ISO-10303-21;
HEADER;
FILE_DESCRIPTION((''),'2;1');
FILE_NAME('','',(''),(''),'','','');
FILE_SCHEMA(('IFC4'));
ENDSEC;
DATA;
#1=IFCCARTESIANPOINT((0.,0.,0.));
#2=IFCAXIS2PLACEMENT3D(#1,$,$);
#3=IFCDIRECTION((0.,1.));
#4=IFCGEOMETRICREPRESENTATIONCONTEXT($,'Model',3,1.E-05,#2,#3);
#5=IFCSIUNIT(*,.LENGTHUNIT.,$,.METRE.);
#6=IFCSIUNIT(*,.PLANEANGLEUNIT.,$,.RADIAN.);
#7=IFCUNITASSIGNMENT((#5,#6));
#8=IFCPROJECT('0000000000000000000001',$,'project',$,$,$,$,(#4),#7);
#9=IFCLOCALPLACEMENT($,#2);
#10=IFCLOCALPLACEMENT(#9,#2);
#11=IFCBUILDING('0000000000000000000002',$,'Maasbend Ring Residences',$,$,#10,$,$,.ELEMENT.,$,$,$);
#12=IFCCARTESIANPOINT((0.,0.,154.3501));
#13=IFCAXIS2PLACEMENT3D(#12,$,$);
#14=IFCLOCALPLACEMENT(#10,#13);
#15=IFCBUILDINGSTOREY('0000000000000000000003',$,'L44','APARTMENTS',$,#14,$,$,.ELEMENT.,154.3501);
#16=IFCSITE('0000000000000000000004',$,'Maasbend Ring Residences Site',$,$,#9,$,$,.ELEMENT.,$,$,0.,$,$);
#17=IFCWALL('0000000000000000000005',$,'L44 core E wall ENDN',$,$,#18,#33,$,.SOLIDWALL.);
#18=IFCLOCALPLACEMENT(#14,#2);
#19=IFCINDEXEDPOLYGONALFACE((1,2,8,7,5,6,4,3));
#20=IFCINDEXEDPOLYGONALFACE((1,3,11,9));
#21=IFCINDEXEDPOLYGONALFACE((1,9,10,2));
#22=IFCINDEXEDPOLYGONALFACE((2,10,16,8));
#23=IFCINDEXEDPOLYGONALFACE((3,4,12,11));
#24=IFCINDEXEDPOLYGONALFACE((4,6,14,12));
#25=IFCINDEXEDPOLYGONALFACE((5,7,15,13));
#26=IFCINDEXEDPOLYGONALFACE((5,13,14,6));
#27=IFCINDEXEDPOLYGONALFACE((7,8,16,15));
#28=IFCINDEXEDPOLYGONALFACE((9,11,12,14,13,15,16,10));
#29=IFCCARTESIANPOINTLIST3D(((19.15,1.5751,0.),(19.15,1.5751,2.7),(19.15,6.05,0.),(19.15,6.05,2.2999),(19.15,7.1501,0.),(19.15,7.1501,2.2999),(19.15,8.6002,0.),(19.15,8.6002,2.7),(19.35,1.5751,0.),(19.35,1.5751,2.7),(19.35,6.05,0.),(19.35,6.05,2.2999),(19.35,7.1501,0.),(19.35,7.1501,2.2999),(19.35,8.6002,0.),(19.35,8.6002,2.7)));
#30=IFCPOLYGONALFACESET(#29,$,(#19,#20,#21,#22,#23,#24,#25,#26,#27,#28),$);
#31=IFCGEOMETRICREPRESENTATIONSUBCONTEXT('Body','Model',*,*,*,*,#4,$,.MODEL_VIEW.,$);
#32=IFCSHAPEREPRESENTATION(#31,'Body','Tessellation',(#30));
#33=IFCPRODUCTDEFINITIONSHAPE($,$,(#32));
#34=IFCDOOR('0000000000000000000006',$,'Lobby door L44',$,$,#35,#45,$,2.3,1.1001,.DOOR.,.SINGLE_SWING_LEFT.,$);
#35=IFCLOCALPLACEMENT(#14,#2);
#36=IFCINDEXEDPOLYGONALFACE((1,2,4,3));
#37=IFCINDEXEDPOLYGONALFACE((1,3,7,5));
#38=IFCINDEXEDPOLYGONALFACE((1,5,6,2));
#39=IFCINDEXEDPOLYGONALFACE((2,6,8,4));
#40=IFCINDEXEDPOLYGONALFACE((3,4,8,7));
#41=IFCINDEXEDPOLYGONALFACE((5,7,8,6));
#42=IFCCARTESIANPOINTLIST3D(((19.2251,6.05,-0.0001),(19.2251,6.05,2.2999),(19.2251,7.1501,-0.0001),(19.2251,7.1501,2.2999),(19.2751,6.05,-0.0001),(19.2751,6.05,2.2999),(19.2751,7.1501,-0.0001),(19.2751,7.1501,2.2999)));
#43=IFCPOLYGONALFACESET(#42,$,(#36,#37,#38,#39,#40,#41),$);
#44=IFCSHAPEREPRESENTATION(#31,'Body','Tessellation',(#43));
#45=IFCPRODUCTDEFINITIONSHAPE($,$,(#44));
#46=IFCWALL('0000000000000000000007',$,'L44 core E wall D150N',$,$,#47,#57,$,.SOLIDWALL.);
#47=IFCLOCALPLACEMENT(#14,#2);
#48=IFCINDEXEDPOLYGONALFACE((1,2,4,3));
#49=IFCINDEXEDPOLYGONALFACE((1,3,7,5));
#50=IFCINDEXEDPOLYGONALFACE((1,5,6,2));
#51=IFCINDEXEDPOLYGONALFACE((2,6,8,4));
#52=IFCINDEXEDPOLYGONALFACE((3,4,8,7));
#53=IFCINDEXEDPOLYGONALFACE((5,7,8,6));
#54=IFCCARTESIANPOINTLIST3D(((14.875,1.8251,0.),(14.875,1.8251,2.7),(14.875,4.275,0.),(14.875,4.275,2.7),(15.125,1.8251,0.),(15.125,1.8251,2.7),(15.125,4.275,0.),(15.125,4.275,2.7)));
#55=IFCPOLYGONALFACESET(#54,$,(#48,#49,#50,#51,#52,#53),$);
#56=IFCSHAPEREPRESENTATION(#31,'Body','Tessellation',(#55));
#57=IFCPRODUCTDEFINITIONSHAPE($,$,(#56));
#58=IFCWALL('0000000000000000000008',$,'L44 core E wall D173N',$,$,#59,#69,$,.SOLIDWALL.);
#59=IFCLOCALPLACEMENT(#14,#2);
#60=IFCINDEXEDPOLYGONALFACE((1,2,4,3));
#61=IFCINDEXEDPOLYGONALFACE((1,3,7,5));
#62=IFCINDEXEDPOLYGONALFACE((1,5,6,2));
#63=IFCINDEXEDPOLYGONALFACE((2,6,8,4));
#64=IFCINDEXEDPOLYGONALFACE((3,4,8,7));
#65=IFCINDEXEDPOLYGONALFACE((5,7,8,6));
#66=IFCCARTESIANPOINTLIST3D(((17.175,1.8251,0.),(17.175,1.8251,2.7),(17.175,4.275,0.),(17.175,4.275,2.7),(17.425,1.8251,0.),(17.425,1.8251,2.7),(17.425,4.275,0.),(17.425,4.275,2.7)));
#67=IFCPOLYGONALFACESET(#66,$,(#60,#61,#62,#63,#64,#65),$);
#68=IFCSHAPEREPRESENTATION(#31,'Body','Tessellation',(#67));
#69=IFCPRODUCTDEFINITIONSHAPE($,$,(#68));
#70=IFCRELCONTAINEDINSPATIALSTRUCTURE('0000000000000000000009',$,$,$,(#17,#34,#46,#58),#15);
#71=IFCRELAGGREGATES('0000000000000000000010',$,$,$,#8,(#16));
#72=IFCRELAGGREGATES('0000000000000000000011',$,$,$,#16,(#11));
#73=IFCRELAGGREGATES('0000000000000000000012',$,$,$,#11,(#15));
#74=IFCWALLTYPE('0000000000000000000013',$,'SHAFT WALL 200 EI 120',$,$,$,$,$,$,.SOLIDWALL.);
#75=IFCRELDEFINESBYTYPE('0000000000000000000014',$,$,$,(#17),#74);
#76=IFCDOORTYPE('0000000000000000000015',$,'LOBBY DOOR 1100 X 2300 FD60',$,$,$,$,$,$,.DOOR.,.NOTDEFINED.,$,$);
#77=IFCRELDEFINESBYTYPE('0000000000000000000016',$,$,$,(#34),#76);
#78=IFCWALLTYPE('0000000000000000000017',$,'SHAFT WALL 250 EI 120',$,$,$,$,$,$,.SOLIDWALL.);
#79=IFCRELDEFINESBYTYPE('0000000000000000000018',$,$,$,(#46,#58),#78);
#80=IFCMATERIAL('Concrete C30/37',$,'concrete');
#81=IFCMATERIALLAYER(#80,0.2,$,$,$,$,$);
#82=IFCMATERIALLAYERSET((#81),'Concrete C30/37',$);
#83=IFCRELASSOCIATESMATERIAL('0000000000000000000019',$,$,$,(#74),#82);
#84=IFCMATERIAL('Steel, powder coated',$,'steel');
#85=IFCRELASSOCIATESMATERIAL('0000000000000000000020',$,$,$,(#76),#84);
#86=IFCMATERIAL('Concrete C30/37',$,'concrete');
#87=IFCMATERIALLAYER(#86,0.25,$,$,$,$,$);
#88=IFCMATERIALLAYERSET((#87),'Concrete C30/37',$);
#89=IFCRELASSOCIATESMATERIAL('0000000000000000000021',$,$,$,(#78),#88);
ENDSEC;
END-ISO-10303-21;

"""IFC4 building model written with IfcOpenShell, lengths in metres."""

from ifc_helpers import new_model, si_unit, direction, frame, frame_2d, origin, place, context, subcontext, project, spatial, rectangle, extrude, material, layer, layer_set, type_object, element, fill, save


model = new_model("IFC4")

# Units and contexts
model_context = context("Model", 3, precision=1e-05, world=origin(), true_north=direction((0.0, 1.0)))
body_context = subcontext(model_context, "Body", "Model", "MODEL_VIEW")
ifc_project = project(units=[si_unit("LENGTHUNIT", "METRE"), si_unit("PLANEANGLEUNIT", "RADIAN")], contexts=[model_context])

# Site, building, storey
site_placement = place(None, origin())
site = spatial("IfcSite", under=ifc_project, at=site_placement, Name="Maasbend Ring Residences Site", CompositionType="ELEMENT", RefElevation=0.0)
building_placement = place(site_placement, origin())
building = spatial("IfcBuilding", under=site, at=building_placement, Name="Maasbend Ring Residences", CompositionType="ELEMENT")
storey_placement = place(building_placement, frame((0.0, 0.0, 154.3501)))
storey = spatial("IfcBuildingStorey", under=building, at=storey_placement, Name="L44", Description="APARTMENTS", CompositionType="ELEMENT", Elevation=154.3501)

# Wall, opening, door
ifc_material_1 = material(Name="Concrete C30/37", Category="concrete")
ifc_layer_1 = layer(ifc_material_1, 0.2)
ifc_layer_set_1 = layer_set([ifc_layer_1], Name="Concrete C30/37")
wall_type_1 = type_object("IfcWallType", Name="SHAFT WALL 200 EI 120", PredefinedType="SOLIDWALL", material=ifc_layer_set_1)
wall_1_placement = place(storey_placement, frame((19.25, 1.575, 0.0), z_axis=(0.0, 0.0, 1.0), x_axis=(0.0, 1.0, 0.0)))
wall_1 = element("IfcWall", 1, at=wall_1_placement, inside=storey, type_object=wall_type_1, Name="L44 core E wall ENDN", PredefinedType="SOLIDWALL", context=body_context, shape_type="SweptSolid", body=[
    extrude(rectangle(XDim=7.0251, YDim=0.2, at=frame_2d((3.5127, 0.0))), origin(), (0.0, 0.0, 1.0), 2.7),
])
opening_1_placement = place(wall_1_placement, frame((4.4751, 0.0, 0.0)))
opening_1 = element("IfcOpeningElement", 2, at=opening_1_placement, cuts=wall_1, PredefinedType="OPENING", context=body_context, shape_type="SweptSolid", body=[
    extrude(rectangle(XDim=1.1001, YDim=2.3, at=frame_2d((0.55, 1.1499))), frame((0.0, 0.1099, 0.0), z_axis=(0.0, -1.0, 0.0), x_axis=(1.0, 0.0, 0.0)), (0.0, 0.0, 1.0), 0.22),
])
ifc_material_2 = material(Name="Steel, powder coated", Category="steel")
door_type_1 = type_object("IfcDoorType", Name="LOBBY DOOR 1100 X 2300 FD60", OperationType="NOTDEFINED", PredefinedType="DOOR", material=ifc_material_2)
door_1_placement = place(opening_1_placement, origin())
door_1 = element("IfcDoor", 3, at=door_1_placement, inside=storey, type_object=door_type_1, Name="Lobby door L44", OperationType="SINGLE_SWING_LEFT", OverallHeight=2.3, OverallWidth=1.1001, PredefinedType="DOOR", context=body_context, shape_type="SweptSolid", body=[
    extrude(rectangle(XDim=1.1001, YDim=2.3, at=frame_2d((0.55, 1.1499))), frame((0.0, 0.0249, 0.0), z_axis=(0.0, -1.0, 0.0), x_axis=(1.0, 0.0, 0.0)), (0.0, 0.0, 1.0), 0.05),
])
fill(opening_1, door_1)

# Walls
ifc_material_3 = material(Name="Concrete C30/37", Category="concrete")
ifc_layer_2 = layer(ifc_material_3, 0.25)
ifc_layer_set_2 = layer_set([ifc_layer_2], Name="Concrete C30/37")
wall_type_2 = type_object("IfcWallType", Name="SHAFT WALL 250 EI 120", PredefinedType="SOLIDWALL", material=ifc_layer_set_2)
for number, where, z_axis, x_axis, name in (
    (4, (15.0, 1.825, 0.0), (0.0, 0.0, 1.0), (0.0, 1.0, 0.0), "L44 core E wall D150N"),
    (5, (17.3, 1.825, 0.0), (0.0, 0.0, 1.0), (0.0, 1.0, 0.0), "L44 core E wall D173N"),
):
    element("IfcWall", number, at=place(storey_placement, frame(where, z_axis=z_axis, x_axis=x_axis)), inside=storey, type_object=wall_type_2, Name=name, PredefinedType="SOLIDWALL", context=body_context, shape_type="SweptSolid", body=[
        extrude(rectangle(XDim=2.45, YDim=0.25, at=frame_2d((1.2251, 0.0))), origin(), (0.0, 0.0, 1.0), 2.7),
    ])

save(model, "model.ifc")
